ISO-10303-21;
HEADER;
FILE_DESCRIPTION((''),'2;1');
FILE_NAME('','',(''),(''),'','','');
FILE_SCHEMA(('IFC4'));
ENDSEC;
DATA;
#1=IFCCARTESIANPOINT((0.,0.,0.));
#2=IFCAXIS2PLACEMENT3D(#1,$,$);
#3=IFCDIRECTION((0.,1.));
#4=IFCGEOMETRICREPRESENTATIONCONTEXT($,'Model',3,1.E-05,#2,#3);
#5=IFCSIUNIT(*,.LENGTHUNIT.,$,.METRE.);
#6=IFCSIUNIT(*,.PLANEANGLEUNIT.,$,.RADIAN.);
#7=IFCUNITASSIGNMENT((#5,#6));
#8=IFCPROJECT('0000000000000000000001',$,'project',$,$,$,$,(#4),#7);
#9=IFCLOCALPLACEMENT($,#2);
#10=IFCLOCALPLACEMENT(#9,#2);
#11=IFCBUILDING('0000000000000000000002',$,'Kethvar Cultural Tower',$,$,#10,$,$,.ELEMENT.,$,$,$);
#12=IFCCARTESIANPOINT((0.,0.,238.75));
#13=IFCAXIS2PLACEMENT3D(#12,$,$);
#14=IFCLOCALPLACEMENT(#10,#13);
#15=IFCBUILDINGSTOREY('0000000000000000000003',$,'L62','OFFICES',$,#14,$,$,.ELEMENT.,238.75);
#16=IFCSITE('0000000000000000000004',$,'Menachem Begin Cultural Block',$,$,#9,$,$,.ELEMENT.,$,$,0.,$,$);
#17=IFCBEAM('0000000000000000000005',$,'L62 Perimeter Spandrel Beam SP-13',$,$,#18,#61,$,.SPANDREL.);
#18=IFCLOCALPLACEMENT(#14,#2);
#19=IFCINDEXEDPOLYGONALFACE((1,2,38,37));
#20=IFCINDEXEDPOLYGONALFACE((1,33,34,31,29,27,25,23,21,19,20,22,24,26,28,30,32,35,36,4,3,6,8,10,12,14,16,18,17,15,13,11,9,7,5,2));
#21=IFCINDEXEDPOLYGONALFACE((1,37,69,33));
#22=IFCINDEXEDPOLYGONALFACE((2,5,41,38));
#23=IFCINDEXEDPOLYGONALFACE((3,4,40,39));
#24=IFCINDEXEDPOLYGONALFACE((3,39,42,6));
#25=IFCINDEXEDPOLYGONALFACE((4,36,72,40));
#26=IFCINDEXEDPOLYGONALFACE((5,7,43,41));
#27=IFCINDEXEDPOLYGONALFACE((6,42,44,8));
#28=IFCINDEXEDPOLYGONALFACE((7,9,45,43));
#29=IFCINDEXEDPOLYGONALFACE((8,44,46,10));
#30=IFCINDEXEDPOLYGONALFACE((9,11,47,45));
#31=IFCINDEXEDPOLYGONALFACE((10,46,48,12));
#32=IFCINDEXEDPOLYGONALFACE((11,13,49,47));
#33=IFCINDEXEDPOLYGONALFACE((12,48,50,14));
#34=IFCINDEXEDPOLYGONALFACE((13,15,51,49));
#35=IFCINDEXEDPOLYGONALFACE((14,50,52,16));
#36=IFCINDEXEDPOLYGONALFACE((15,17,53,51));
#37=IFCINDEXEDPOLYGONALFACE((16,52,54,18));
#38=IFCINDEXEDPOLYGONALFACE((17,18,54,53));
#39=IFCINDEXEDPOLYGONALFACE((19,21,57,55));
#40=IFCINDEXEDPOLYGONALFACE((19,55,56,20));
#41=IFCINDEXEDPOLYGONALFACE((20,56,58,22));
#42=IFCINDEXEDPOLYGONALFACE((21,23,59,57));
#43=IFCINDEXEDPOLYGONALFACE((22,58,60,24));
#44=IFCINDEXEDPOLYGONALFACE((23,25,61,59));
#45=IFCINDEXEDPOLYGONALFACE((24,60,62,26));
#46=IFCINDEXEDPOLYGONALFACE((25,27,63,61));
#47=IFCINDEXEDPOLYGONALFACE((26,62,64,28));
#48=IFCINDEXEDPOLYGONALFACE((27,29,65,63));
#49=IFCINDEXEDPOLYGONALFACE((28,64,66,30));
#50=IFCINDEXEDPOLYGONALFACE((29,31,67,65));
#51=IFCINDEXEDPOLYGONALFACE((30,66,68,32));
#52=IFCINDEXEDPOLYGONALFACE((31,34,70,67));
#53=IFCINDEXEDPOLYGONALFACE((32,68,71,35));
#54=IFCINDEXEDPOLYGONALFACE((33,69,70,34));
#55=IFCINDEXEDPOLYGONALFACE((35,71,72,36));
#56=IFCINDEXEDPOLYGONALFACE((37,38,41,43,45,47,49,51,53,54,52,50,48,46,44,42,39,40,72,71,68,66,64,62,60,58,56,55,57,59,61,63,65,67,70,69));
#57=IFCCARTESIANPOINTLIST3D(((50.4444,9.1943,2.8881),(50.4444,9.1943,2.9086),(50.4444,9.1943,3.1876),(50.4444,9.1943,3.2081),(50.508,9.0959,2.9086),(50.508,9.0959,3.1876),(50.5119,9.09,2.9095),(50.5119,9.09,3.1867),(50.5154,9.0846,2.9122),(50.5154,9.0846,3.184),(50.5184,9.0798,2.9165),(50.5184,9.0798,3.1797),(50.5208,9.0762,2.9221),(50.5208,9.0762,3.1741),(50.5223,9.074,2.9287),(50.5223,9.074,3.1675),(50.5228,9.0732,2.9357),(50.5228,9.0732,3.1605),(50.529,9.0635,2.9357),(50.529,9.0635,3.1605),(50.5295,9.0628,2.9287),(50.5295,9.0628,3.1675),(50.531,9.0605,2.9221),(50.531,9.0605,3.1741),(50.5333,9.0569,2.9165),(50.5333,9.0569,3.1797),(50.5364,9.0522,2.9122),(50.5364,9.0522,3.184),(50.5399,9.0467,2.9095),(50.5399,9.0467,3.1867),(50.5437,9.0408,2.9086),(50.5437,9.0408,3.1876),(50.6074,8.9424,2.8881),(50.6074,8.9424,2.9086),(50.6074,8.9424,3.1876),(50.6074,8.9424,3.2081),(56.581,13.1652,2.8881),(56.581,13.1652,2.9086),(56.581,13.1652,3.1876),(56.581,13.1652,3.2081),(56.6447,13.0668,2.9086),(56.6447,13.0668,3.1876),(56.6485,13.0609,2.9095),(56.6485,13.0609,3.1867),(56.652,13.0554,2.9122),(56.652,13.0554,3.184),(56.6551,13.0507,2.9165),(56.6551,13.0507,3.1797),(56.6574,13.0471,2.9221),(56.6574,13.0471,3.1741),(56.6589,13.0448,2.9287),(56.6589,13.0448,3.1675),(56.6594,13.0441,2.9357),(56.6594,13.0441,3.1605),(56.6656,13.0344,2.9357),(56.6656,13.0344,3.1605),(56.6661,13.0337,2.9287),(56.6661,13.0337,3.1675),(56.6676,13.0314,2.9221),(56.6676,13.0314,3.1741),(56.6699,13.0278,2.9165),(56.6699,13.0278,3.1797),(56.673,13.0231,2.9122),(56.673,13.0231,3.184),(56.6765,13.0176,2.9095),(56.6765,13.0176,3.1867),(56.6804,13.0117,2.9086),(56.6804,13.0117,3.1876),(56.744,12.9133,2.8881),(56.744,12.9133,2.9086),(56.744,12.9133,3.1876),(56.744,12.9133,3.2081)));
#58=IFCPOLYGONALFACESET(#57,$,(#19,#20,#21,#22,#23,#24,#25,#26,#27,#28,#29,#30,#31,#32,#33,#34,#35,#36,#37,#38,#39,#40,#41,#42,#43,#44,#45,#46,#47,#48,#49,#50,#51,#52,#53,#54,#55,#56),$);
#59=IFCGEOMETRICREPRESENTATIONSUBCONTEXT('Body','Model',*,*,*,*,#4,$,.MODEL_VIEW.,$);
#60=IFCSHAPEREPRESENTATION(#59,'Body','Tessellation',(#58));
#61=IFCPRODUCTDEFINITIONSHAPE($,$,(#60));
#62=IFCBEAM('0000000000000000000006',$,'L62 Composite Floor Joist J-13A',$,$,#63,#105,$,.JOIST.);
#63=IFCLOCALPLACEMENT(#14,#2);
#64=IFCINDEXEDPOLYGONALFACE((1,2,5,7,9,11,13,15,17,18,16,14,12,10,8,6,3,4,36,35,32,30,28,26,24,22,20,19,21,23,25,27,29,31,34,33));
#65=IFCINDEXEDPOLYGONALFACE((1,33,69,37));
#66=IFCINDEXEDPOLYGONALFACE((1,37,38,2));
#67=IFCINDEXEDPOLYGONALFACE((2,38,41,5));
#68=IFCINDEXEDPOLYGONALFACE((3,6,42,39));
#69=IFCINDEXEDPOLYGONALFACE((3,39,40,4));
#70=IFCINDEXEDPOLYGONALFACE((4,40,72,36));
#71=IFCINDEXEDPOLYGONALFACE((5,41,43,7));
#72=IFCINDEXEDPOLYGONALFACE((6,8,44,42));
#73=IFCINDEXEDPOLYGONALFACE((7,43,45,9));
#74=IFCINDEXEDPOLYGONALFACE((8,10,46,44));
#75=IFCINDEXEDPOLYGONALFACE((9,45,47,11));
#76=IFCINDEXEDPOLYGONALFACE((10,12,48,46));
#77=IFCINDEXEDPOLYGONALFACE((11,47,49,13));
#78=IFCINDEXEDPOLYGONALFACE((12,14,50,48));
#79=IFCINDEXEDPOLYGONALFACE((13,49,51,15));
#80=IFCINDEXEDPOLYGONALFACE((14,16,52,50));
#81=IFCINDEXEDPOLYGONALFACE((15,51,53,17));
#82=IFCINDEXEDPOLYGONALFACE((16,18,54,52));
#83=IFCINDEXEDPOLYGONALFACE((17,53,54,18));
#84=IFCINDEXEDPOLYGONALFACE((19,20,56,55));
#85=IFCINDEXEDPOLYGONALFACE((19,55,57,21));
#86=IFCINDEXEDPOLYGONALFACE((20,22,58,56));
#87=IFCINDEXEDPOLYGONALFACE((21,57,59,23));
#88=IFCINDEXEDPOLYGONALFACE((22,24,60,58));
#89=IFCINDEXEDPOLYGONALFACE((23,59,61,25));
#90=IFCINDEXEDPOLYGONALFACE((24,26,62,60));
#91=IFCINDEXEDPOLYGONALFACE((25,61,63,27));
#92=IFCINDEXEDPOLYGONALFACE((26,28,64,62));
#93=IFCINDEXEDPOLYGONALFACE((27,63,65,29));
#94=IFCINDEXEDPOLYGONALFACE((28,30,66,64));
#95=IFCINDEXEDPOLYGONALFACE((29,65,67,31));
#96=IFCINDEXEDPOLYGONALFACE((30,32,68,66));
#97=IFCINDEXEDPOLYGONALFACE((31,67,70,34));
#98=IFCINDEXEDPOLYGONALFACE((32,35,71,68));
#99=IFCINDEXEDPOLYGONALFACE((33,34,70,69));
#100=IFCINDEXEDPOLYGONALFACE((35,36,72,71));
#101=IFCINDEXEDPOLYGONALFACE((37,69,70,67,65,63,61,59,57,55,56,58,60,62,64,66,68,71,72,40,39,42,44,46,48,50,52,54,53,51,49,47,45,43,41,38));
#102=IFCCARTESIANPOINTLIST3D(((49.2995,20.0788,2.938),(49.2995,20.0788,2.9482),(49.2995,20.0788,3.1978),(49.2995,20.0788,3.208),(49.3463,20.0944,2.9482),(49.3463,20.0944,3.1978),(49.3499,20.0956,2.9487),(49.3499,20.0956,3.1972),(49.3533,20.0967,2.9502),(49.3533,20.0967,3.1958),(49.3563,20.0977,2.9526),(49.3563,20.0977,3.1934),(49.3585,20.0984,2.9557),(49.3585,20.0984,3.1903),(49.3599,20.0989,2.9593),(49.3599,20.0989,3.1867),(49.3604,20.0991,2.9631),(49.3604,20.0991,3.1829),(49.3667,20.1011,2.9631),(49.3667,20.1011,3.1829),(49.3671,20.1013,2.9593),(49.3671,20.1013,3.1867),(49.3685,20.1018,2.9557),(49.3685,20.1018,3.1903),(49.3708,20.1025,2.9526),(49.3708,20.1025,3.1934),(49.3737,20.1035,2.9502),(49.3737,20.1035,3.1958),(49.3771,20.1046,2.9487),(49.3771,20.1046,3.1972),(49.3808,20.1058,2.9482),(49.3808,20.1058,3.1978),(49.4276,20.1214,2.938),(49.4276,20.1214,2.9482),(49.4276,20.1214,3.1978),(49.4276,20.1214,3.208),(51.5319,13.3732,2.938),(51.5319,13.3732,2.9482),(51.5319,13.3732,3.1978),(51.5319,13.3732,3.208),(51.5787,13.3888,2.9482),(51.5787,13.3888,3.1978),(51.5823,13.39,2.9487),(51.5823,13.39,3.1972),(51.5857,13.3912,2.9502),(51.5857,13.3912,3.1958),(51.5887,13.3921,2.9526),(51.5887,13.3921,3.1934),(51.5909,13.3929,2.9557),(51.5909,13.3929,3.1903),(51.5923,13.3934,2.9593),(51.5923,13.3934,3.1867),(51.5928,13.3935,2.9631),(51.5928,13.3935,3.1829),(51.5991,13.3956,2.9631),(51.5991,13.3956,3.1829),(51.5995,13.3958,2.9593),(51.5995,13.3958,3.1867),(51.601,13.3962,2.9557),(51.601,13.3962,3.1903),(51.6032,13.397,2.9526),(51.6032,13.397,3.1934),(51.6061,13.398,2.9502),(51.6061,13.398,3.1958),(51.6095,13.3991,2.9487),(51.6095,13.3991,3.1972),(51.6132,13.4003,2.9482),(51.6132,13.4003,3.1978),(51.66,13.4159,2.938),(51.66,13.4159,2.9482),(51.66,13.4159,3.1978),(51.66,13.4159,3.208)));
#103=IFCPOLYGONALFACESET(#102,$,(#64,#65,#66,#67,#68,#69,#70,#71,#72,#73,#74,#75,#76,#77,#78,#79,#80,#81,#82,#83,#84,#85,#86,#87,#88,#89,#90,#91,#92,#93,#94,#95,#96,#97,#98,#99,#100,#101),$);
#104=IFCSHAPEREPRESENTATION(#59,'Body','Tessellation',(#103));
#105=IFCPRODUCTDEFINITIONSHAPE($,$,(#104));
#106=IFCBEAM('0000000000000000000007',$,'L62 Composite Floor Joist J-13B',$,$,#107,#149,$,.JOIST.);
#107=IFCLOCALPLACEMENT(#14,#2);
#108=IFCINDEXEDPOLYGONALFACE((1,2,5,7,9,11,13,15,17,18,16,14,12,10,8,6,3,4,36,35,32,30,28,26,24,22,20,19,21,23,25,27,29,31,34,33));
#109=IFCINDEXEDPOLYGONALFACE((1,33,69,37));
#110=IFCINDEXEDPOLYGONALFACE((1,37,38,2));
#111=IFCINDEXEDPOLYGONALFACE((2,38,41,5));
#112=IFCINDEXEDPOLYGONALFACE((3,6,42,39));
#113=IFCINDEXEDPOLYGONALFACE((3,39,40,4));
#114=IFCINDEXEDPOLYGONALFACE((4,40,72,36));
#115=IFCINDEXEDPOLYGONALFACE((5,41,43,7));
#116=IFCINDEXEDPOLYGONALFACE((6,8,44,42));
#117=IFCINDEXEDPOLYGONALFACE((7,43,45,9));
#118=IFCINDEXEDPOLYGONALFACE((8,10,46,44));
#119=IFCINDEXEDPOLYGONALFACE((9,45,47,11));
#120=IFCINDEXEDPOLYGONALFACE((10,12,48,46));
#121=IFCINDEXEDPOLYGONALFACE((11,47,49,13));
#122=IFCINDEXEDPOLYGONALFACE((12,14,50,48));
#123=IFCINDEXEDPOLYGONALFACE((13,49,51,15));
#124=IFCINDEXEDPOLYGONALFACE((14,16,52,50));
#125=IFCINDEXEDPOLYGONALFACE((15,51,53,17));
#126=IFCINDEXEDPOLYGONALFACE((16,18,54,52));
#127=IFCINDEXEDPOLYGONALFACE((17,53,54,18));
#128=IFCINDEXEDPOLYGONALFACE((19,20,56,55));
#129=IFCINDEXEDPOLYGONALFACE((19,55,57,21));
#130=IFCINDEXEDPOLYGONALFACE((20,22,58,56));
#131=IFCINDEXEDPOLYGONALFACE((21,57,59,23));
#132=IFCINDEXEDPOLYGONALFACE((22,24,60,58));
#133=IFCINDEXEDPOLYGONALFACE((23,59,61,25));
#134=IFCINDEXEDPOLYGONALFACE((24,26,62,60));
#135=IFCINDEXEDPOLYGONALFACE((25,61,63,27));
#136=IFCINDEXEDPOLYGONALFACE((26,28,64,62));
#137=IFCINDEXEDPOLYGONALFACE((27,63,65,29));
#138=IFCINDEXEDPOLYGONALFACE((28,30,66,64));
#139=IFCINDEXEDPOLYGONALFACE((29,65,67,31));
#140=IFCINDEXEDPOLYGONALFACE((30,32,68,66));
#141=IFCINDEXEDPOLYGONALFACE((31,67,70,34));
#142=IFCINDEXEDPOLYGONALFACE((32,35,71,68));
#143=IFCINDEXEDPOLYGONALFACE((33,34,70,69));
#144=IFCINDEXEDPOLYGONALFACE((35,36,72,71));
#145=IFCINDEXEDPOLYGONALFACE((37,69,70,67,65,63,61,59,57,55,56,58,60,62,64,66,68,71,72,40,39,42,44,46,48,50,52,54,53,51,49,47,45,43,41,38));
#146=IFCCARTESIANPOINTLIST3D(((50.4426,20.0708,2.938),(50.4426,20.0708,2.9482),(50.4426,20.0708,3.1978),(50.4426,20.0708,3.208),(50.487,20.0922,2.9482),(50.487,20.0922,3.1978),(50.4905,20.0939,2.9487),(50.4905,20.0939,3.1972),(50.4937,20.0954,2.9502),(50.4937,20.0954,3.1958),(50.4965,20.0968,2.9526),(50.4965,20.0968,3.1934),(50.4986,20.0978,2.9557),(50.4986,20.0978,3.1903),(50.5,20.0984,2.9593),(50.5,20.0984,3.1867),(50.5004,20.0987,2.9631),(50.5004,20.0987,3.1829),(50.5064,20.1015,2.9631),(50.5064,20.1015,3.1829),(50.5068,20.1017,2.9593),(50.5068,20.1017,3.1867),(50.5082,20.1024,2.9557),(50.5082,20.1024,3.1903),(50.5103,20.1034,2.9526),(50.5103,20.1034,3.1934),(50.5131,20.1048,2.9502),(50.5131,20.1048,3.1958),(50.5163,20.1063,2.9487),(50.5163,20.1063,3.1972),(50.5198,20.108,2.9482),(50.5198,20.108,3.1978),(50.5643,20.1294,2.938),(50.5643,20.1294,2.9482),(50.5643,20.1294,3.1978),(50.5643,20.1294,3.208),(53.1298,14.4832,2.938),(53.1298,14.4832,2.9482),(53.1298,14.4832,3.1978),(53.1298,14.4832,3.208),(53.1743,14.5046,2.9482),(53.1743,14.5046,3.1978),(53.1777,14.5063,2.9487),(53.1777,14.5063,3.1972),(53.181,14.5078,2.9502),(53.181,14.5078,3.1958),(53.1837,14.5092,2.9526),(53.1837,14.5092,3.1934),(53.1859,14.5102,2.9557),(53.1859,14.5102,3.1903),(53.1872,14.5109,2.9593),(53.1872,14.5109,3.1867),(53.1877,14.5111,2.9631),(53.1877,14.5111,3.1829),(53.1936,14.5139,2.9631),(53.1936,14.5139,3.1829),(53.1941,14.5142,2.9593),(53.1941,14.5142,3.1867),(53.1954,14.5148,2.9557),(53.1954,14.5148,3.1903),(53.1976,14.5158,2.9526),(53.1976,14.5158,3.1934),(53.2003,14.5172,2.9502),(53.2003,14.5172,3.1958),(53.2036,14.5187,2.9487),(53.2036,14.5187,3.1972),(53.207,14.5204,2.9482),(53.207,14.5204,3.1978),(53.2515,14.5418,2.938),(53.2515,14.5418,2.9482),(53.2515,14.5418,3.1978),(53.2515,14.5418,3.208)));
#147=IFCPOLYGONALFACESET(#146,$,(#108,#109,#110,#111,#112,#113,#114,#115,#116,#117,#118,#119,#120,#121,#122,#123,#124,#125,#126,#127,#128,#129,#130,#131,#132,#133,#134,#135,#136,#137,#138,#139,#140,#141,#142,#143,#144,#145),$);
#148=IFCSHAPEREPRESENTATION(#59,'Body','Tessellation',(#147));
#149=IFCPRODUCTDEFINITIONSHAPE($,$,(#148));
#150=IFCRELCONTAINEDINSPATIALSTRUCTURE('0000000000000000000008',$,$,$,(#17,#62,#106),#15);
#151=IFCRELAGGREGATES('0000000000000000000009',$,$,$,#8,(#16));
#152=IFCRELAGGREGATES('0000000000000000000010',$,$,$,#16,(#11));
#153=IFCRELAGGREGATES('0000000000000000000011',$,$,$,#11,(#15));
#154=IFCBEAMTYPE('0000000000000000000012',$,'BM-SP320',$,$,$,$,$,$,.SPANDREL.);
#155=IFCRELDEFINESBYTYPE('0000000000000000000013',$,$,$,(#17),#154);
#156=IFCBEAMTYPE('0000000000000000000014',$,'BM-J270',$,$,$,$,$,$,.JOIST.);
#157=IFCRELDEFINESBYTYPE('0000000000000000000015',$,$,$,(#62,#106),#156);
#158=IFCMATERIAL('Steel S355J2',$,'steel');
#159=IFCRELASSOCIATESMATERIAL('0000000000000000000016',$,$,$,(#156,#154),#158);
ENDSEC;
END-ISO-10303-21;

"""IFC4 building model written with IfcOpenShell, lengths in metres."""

from ifc_helpers import new_model, si_unit, direction, frame, origin, origin_2d, place, context, subcontext, project, spatial, i_section, extrude, source, transform, mapped, material, material_profile, profile_set, type_object, element, save


model = new_model("IFC4")

# Units and contexts
model_context = context("Model", 3, precision=1e-05, world=origin(), true_north=direction((0.0, 1.0)))
body_context = subcontext(model_context, "Body", "Model", "MODEL_VIEW")
ifc_project = project(units=[si_unit("LENGTHUNIT", "METRE"), si_unit("PLANEANGLEUNIT", "RADIAN")], contexts=[model_context])

# Site, building, storey
site_placement = place(None, origin())
site = spatial("IfcSite", under=ifc_project, at=site_placement, Name="Menachem Begin Cultural Block", CompositionType="ELEMENT", RefElevation=0.0)
building_placement = place(site_placement, origin())
building = spatial("IfcBuilding", under=site, at=building_placement, Name="Kethvar Cultural Tower", CompositionType="ELEMENT")
storey_placement = place(building_placement, frame((0.0, 0.0, 238.75)))
storey = spatial("IfcBuildingStorey", under=building, at=storey_placement, Name="L62", Description="OFFICES", CompositionType="ELEMENT", Elevation=238.75)

# Beams
ifc_material_1 = material(Name="Steel S355J2", Category="steel")
ifc_material_profile_1 = material_profile(ifc_material_1, i_section(OverallWidth=0.135, OverallDepth=0.27, WebThickness=0.0066, FlangeThickness=0.0103, FilletRadius=0.0149, at=origin_2d()), Name="Steel S355J2 — IPE270")
ifc_profile_set_1 = profile_set([ifc_material_profile_1], Name="Steel S355J2 — IPE270")
beam_type_1 = type_object("IfcBeamType", Name="BM-J270", PredefinedType="JOIST", material=ifc_profile_set_1)
ifc_material_profile_2 = material_profile(ifc_material_1, i_section(OverallWidth=0.3, OverallDepth=0.3201, WebThickness=0.0115, FlangeThickness=0.0205, FilletRadius=0.0271, at=origin_2d()), Name="Steel S355J2 — HEB320")
ifc_profile_set_2 = profile_set([ifc_material_profile_2], Name="Steel S355J2 — HEB320")
beam_type_2 = type_object("IfcBeamType", Name="BM-SP320", PredefinedType="SPANDREL", material=ifc_profile_set_2)
shared_shape_1 = source(origin(), body_context, "Body", "SweptSolid", [
    extrude(i_section(OverallWidth=0.3, OverallDepth=0.3201, WebThickness=0.0115, FlangeThickness=0.0205, FilletRadius=0.0271, at=origin_2d()), origin(), (0.0, 0.0, 1.0), 7.3093),
])
beam_1_placement = place(storey_placement, frame((50.5259, 9.0684, 3.0481), z_axis=(0.839562, 0.543264, 0.0), x_axis=(-0.543264, 0.839562, 0.0)))
element("IfcBeam", 1, at=beam_1_placement, inside=storey, type_object=beam_type_2, Name="L62 Perimeter Spandrel Beam SP-13", PredefinedType="SPANDREL", context=body_context, shape_type="MappedRepresentation", body=[
    mapped(shared_shape_1, transform((0.0, 0.0, 0.0), scale=1.0)),
])
shared_shape_2 = source(origin(), body_context, "Body", "SweptSolid", [
    extrude(i_section(OverallWidth=0.135, OverallDepth=0.27, WebThickness=0.0066, FlangeThickness=0.0103, FilletRadius=0.0149, at=origin_2d()), origin(), (0.0, 0.0, 1.0), 7.0674),
])
beam_2_placement = place(storey_placement, frame((49.3635, 20.1001, 3.073), z_axis=(0.315875, -0.948801, 0.0), x_axis=(0.948801, 0.315875, 0.0)))
element("IfcBeam", 2, at=beam_2_placement, inside=storey, type_object=beam_type_1, Name="L62 Composite Floor Joist J-13A", PredefinedType="JOIST", context=body_context, shape_type="MappedRepresentation", body=[
    mapped(shared_shape_2, transform((0.0, 0.0, 0.0), scale=1.0)),
])
shared_shape_3 = source(origin(), body_context, "Body", "SweptSolid", [
    extrude(i_section(OverallWidth=0.135, OverallDepth=0.27, WebThickness=0.0066, FlangeThickness=0.0103, FilletRadius=0.0149, at=origin_2d()), origin(), (0.0, 0.0, 1.0), 6.2002),
])
beam_3_placement = place(storey_placement, frame((50.5034, 20.1001, 3.073), z_axis=(0.433411, -0.901197, 0.0), x_axis=(0.901197, 0.433411, 0.0)))
element("IfcBeam", 3, at=beam_3_placement, inside=storey, type_object=beam_type_1, Name="L62 Composite Floor Joist J-13B", PredefinedType="JOIST", context=body_context, shape_type="MappedRepresentation", body=[
    mapped(shared_shape_3, transform((0.0, 0.0, 0.0), scale=1.0)),
])

save(model, "model.ifc")
